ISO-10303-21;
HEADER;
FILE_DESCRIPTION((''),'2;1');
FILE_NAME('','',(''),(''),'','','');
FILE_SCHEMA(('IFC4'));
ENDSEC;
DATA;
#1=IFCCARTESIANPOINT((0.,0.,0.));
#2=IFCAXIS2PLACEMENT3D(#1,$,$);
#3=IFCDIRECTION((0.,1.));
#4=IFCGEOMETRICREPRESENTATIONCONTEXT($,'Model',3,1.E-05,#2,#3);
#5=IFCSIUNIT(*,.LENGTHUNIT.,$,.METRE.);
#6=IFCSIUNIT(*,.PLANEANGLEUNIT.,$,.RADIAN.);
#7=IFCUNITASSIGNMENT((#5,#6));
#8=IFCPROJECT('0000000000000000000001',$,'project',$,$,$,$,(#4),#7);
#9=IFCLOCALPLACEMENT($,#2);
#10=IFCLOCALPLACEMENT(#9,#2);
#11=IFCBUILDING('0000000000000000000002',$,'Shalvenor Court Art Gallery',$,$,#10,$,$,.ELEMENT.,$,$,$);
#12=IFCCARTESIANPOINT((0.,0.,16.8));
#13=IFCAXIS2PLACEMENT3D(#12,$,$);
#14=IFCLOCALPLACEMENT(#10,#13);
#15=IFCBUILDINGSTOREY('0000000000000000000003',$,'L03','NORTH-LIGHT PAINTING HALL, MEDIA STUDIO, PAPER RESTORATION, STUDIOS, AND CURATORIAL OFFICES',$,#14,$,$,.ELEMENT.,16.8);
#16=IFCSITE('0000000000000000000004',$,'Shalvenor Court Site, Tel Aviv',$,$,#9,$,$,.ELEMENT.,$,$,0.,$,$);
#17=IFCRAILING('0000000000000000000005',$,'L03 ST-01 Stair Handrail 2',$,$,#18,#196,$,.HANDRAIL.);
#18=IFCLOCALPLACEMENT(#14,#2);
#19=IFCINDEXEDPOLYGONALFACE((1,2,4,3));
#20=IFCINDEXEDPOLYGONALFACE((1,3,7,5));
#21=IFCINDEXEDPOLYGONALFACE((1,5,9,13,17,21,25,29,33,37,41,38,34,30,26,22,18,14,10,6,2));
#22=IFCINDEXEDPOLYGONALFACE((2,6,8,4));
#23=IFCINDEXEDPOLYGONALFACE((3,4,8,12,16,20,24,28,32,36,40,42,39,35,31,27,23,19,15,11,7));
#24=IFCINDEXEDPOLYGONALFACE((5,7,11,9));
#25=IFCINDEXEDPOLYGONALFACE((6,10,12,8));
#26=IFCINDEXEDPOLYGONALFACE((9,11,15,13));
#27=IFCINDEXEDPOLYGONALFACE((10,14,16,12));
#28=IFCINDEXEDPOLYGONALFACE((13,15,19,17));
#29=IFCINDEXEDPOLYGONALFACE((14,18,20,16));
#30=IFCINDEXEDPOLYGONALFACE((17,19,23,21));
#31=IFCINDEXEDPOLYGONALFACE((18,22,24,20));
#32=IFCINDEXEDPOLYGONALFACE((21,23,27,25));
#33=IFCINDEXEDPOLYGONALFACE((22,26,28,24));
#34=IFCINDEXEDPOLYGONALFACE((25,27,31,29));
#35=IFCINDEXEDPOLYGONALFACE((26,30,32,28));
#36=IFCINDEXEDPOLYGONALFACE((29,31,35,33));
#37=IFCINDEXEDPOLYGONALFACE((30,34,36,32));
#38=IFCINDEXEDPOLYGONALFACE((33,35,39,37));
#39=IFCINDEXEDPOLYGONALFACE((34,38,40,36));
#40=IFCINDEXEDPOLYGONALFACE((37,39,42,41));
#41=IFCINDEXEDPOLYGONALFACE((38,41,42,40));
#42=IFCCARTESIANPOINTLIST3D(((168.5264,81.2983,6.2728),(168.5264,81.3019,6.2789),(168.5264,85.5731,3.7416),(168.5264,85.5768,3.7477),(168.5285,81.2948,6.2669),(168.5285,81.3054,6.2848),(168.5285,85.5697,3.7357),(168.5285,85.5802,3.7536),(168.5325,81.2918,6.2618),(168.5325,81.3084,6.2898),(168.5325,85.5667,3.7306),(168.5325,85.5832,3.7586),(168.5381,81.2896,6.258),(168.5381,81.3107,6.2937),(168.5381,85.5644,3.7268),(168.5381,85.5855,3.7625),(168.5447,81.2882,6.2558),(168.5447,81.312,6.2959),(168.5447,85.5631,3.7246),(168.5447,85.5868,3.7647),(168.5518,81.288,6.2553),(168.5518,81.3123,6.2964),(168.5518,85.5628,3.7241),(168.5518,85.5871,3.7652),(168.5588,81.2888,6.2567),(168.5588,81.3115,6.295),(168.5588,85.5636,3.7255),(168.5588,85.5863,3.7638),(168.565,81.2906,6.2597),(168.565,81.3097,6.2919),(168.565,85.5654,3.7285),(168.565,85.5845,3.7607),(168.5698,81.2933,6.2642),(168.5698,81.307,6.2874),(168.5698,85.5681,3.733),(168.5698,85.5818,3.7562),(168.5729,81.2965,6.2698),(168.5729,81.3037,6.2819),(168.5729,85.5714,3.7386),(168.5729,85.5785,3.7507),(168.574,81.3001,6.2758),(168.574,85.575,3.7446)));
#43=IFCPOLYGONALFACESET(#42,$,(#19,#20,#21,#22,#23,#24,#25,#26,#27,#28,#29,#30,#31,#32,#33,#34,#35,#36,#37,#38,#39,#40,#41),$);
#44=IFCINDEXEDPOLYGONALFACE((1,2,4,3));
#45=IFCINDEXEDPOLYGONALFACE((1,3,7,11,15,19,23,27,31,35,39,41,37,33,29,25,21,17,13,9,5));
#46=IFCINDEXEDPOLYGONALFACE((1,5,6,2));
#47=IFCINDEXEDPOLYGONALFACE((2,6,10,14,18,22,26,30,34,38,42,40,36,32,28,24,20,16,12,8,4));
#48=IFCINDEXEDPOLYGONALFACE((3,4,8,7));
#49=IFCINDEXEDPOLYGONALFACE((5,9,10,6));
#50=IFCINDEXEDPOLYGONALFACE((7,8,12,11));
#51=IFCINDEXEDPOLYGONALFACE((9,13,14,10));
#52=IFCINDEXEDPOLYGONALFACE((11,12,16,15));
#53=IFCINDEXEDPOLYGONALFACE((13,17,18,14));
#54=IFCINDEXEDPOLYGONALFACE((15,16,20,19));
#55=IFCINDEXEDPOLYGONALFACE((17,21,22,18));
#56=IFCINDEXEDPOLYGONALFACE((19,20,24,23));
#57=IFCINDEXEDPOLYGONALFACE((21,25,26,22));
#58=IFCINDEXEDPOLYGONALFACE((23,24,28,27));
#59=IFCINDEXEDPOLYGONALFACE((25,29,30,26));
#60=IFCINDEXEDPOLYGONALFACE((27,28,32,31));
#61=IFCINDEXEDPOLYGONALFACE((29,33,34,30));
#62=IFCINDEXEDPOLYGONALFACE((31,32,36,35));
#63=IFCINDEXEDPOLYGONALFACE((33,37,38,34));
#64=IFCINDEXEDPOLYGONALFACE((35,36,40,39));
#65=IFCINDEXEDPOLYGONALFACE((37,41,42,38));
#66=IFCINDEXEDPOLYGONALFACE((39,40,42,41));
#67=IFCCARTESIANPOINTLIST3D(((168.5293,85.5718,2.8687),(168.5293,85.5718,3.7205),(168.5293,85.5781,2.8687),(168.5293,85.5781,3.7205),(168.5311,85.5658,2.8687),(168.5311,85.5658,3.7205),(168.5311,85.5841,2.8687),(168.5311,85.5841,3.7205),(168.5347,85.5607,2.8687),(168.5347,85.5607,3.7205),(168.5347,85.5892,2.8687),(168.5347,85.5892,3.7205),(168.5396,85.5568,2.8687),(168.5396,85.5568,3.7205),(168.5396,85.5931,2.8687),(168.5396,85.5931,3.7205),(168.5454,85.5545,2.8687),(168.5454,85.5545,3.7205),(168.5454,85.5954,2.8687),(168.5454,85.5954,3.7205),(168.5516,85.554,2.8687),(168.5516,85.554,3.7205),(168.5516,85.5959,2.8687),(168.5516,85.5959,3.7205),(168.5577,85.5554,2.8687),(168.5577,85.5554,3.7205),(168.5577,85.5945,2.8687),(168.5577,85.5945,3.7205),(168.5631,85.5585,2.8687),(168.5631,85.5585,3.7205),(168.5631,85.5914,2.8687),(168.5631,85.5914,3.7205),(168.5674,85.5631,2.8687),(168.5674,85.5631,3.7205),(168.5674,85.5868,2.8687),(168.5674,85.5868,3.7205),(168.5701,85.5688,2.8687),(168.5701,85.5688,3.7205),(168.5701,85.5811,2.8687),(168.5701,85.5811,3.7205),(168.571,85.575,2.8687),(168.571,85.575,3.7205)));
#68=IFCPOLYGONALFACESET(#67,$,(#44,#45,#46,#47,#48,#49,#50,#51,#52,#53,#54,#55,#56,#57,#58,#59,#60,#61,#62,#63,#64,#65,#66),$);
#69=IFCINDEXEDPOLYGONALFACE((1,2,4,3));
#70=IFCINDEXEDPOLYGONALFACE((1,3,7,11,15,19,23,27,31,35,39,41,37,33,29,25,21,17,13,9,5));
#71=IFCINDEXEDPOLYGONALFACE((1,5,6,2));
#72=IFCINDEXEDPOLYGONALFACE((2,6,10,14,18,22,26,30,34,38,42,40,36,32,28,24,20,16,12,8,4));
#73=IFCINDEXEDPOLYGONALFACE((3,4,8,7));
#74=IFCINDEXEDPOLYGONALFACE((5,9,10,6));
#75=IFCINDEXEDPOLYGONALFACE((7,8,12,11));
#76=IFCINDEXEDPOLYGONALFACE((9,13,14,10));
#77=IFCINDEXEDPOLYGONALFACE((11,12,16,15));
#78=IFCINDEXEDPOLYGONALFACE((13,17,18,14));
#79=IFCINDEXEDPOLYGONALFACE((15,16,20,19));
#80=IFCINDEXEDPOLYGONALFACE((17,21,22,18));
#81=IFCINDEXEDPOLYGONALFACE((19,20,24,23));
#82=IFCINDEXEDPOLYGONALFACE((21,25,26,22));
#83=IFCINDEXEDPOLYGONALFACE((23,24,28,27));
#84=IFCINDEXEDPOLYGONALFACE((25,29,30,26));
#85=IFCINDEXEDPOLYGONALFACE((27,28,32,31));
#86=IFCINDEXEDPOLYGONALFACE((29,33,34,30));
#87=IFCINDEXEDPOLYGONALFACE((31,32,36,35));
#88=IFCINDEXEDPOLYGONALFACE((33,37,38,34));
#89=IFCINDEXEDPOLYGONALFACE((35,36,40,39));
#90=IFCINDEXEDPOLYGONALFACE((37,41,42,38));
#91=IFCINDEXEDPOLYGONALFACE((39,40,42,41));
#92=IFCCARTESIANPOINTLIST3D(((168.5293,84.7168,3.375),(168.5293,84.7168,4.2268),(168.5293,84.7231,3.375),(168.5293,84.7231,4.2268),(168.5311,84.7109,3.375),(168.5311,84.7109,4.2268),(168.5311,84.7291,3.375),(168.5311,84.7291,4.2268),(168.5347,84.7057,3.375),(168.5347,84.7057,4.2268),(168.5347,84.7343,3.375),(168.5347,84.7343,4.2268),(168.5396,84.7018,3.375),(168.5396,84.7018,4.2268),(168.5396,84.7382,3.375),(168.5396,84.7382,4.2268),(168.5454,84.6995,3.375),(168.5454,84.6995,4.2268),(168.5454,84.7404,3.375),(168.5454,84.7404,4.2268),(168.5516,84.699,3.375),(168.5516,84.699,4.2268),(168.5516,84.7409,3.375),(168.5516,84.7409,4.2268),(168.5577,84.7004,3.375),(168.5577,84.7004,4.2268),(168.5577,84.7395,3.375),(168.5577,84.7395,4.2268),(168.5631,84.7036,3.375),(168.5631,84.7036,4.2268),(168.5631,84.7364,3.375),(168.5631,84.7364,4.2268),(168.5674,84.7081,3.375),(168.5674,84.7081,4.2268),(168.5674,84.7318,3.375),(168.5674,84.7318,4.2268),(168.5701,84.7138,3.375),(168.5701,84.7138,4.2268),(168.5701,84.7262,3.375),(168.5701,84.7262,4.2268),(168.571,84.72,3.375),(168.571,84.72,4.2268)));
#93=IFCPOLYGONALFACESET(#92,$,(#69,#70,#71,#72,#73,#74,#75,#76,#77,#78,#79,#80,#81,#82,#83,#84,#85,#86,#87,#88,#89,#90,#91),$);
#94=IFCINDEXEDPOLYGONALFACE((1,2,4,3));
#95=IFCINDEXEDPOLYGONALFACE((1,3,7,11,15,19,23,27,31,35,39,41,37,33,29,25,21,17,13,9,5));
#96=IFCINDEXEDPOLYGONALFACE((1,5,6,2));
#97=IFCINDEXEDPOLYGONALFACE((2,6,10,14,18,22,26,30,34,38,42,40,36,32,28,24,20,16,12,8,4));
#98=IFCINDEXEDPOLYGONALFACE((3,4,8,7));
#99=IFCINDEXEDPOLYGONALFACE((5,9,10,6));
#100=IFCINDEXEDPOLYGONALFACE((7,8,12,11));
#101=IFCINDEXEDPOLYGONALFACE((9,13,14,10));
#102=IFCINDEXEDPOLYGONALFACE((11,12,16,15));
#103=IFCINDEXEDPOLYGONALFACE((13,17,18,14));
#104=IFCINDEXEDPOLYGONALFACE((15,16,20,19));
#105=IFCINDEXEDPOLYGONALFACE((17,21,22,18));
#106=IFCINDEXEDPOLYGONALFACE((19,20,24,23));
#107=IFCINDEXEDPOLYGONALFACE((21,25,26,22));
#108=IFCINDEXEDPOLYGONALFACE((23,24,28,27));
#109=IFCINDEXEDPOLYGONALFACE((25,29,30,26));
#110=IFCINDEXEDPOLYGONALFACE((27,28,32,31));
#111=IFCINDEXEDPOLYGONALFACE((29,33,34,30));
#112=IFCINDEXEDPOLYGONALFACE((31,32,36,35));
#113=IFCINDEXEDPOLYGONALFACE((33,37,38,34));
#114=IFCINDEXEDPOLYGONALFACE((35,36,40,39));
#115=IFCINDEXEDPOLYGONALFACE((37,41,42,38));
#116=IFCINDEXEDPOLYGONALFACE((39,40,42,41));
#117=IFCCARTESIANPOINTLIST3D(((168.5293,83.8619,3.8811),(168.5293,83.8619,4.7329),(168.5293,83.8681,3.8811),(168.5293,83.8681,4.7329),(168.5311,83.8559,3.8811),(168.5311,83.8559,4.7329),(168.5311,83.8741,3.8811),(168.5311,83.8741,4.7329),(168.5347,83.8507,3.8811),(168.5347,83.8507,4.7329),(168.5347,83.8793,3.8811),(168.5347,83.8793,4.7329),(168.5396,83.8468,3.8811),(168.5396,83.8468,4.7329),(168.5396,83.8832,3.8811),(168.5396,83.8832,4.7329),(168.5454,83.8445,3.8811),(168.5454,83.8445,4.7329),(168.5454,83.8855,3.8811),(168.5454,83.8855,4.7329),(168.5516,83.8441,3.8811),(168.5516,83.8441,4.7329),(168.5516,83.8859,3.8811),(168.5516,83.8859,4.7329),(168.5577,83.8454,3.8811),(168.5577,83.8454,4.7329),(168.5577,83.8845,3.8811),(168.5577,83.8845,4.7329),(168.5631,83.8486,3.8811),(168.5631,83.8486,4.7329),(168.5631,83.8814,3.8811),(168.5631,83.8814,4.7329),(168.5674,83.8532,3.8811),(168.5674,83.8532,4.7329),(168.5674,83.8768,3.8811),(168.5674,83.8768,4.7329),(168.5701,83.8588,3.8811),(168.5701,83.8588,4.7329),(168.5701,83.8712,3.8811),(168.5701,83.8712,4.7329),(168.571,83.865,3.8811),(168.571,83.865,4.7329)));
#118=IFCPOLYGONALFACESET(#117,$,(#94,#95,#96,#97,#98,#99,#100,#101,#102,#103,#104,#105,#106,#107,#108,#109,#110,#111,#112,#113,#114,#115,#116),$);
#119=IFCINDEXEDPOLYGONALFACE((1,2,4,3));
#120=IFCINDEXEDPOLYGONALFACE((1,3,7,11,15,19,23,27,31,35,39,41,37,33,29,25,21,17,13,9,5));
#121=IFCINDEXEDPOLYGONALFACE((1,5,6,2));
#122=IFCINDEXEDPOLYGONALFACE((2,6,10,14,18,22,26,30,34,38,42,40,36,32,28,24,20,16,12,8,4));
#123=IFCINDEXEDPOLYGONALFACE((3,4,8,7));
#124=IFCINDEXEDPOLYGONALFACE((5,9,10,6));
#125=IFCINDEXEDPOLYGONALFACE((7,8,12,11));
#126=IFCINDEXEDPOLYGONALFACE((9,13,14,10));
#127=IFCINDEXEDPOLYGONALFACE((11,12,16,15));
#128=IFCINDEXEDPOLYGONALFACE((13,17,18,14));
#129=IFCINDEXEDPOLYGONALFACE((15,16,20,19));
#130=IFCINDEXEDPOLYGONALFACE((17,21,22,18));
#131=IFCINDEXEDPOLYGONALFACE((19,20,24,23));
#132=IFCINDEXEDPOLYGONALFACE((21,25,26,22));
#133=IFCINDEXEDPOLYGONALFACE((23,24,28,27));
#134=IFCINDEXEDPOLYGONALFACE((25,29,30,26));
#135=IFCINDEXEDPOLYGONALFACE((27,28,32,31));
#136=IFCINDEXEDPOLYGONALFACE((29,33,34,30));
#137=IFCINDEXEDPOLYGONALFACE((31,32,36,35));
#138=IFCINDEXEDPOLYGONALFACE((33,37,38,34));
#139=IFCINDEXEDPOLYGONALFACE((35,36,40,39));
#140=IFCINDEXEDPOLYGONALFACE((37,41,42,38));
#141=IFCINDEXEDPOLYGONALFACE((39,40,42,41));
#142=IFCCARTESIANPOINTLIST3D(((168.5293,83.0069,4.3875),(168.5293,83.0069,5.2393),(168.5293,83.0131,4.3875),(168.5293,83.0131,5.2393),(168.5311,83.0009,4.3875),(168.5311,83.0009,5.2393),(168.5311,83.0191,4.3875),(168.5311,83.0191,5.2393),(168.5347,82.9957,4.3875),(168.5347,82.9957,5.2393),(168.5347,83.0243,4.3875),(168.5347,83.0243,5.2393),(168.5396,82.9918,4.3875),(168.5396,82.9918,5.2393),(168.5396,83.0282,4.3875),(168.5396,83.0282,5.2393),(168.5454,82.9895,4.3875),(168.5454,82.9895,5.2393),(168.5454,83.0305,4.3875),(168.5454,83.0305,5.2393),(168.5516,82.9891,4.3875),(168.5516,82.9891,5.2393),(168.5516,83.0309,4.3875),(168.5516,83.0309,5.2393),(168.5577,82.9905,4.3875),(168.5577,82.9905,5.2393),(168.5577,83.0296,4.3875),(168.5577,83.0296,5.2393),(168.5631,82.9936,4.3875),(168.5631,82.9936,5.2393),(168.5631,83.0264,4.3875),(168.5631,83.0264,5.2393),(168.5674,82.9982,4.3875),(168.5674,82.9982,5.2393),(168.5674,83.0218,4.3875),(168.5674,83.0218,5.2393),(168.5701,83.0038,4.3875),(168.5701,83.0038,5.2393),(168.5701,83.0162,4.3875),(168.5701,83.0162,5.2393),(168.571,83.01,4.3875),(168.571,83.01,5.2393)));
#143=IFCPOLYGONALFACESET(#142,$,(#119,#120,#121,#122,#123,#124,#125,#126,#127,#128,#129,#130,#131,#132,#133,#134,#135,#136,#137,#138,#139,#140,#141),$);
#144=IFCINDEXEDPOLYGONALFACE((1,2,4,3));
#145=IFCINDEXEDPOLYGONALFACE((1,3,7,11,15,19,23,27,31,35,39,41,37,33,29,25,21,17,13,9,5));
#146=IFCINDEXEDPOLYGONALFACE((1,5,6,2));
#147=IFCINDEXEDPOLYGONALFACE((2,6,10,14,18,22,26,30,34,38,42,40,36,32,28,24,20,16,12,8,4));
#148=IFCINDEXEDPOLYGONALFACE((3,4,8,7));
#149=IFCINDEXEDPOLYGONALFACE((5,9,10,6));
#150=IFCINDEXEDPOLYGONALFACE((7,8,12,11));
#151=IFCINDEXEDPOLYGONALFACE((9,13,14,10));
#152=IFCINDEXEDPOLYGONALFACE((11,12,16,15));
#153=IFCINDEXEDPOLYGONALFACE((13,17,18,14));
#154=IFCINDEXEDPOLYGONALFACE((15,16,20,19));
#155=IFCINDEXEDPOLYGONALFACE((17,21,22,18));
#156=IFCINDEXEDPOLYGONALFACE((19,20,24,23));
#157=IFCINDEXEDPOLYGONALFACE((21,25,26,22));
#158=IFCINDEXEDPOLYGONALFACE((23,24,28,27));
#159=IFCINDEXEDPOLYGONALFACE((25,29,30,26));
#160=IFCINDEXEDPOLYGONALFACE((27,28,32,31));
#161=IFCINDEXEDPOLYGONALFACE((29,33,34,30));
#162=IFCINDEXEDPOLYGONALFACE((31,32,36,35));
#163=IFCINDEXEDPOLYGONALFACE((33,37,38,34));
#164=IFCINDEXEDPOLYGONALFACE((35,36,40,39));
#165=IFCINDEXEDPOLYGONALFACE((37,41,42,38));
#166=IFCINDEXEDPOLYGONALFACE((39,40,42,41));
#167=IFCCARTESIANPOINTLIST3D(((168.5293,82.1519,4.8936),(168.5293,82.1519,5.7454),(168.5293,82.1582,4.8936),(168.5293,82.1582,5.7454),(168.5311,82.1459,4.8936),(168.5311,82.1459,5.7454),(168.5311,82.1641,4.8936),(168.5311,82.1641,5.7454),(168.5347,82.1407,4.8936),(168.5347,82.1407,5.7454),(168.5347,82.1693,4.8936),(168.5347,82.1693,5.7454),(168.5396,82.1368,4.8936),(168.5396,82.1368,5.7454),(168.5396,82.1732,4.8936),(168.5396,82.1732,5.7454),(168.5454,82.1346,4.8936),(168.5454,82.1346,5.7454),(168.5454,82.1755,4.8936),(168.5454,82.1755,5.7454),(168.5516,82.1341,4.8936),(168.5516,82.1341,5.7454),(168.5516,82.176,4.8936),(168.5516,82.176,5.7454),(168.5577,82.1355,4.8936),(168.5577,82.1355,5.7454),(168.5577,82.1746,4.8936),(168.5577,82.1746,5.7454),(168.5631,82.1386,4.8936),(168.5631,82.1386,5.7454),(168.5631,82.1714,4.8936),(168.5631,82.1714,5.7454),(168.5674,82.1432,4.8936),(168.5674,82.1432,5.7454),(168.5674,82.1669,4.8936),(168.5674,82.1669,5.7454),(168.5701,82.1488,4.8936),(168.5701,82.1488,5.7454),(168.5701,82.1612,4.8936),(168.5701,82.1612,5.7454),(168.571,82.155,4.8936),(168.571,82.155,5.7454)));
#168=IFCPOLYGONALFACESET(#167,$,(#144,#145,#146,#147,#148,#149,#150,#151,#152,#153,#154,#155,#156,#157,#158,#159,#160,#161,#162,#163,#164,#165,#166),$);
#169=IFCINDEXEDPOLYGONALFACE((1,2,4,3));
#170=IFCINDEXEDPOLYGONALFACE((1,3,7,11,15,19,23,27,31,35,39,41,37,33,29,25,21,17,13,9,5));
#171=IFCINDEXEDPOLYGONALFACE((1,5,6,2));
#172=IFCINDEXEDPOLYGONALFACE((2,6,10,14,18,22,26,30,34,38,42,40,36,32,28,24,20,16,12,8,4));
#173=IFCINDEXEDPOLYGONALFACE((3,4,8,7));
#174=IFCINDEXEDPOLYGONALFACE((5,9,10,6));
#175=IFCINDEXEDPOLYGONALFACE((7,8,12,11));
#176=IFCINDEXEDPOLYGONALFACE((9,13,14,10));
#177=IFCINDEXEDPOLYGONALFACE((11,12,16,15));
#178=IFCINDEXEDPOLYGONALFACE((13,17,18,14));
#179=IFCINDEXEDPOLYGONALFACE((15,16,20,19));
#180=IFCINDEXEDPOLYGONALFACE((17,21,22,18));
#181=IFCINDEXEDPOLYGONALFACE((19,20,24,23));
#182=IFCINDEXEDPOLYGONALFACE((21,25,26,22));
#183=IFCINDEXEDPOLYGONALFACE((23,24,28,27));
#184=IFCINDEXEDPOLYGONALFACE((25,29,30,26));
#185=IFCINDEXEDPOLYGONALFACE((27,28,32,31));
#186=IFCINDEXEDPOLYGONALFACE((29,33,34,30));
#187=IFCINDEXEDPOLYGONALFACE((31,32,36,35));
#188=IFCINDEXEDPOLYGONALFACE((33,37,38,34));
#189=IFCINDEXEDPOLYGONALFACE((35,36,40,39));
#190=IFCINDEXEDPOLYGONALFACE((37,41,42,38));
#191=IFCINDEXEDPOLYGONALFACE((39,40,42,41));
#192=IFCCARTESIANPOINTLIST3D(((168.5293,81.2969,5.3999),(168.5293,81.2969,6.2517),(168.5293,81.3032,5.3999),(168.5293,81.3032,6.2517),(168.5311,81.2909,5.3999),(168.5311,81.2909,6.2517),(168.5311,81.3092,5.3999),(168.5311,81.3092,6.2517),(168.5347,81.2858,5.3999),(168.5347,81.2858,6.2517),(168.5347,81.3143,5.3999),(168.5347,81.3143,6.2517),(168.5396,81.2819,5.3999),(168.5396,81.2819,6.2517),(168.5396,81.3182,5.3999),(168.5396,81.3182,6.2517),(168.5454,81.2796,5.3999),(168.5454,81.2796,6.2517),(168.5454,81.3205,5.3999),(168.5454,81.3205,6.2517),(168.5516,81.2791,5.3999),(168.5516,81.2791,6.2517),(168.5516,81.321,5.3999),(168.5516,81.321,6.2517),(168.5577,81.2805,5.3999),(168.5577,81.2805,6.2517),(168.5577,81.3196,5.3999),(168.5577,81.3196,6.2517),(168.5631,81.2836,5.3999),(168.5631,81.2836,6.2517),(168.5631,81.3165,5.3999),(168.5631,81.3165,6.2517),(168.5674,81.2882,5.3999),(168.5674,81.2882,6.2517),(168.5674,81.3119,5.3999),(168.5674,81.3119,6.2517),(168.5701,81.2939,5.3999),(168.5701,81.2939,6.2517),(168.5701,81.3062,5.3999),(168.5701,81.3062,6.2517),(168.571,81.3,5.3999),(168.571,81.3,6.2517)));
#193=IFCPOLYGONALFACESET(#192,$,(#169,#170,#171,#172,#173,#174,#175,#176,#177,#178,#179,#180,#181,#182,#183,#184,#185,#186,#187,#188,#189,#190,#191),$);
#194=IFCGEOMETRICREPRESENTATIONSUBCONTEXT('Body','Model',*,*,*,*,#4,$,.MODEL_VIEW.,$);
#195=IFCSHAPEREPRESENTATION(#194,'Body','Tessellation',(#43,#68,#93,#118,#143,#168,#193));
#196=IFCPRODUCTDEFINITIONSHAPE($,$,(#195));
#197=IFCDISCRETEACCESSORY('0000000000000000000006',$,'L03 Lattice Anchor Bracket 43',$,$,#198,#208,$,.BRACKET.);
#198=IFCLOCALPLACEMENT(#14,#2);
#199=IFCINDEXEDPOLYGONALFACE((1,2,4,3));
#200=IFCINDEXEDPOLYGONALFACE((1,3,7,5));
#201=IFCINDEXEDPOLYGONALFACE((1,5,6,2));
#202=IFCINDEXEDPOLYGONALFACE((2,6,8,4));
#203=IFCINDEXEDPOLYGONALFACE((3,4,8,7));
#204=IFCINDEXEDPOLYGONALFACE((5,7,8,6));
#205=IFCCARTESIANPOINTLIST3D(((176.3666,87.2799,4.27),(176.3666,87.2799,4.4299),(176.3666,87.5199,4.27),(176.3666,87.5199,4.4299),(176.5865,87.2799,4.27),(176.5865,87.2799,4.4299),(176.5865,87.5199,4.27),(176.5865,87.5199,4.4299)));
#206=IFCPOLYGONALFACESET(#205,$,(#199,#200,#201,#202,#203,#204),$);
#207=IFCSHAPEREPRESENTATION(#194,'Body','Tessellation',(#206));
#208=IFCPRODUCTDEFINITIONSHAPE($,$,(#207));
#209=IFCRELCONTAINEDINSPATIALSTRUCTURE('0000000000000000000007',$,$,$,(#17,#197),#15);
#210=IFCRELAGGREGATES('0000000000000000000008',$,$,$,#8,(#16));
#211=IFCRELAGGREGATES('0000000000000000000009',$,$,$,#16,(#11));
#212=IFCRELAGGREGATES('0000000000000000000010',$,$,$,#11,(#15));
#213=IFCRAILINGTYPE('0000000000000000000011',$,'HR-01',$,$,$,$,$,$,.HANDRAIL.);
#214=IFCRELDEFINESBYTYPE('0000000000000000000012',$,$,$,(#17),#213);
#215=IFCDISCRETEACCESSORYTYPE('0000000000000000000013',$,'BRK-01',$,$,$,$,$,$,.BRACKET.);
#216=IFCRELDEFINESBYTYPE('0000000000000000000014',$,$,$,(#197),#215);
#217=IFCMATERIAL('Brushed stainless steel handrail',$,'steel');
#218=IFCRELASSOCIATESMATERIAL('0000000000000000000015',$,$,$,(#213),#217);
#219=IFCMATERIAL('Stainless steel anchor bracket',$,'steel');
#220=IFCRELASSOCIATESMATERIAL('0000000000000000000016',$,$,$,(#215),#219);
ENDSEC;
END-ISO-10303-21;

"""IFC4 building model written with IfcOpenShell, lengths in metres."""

from ifc_helpers import new_model, si_unit, direction, frame, origin, origin_2d, place, context, subcontext, project, spatial, rectangle, circle, extrude, material, type_object, element, save


model = new_model("IFC4")

# Units and contexts
model_context = context("Model", 3, precision=1e-05, world=origin(), true_north=direction((0.0, 1.0)))
body_context = subcontext(model_context, "Body", "Model", "MODEL_VIEW")
ifc_project = project(units=[si_unit("LENGTHUNIT", "METRE"), si_unit("PLANEANGLEUNIT", "RADIAN")], contexts=[model_context])

# Site, building, storey
site_placement = place(None, origin())
site = spatial("IfcSite", under=ifc_project, at=site_placement, Name="Shalvenor Court Site, Tel Aviv", CompositionType="ELEMENT", RefElevation=0.0)
building_placement = place(site_placement, origin())
building = spatial("IfcBuilding", under=site, at=building_placement, Name="Shalvenor Court Art Gallery", CompositionType="ELEMENT")
storey_placement = place(building_placement, frame((0.0, 0.0, 16.8)))
storey = spatial("IfcBuildingStorey", under=building, at=storey_placement, Name="L03", Description="NORTH-LIGHT PAINTING HALL, MEDIA STUDIO, PAPER RESTORATION, STUDIOS, AND CURATORIAL OFFICES", CompositionType="ELEMENT", Elevation=16.8)

# Railing
ifc_material_1 = material(Name="Brushed stainless steel handrail", Category="steel")
railing_type_1 = type_object("IfcRailingType", Name="HR-01", PredefinedType="HANDRAIL", material=ifc_material_1)
railing_1_placement = place(storey_placement, frame((168.55, 85.575, 2.8687)))
element("IfcRailing", 1, at=railing_1_placement, inside=storey, type_object=railing_type_1, Name="L03 ST-01 Stair Handrail 2", PredefinedType="HANDRAIL", context=body_context, shape_type="SweptSolid", body=[
    extrude(circle(Radius=0.0239, at=origin_2d()), frame((0.0, 0.0, 0.876), z_axis=(0.0, -0.86047, 0.509501), x_axis=(1.0, 0.0, 0.0)), (0.0, 0.0, 1.0), 4.968),
    extrude(circle(Radius=0.021, at=origin_2d()), origin(), (0.0, 0.0, 1.0), 0.8518),
    extrude(circle(Radius=0.021, at=origin_2d()), frame((0.0, -0.855, 0.5063)), (0.0, 0.0, 1.0), 0.8518),
    extrude(circle(Radius=0.021, at=origin_2d()), frame((0.0, -1.71, 1.0125)), (0.0, 0.0, 1.0), 0.8518),
    extrude(circle(Radius=0.021, at=origin_2d()), frame((0.0, -2.5649, 1.5188)), (0.0, 0.0, 1.0), 0.8518),
    extrude(circle(Radius=0.021, at=origin_2d()), frame((0.0, -3.4199, 2.0249)), (0.0, 0.0, 1.0), 0.8518),
    extrude(circle(Radius=0.021, at=origin_2d()), frame((0.0, -4.2749, 2.5312)), (0.0, 0.0, 1.0), 0.8518),
])

# Discrete accessory
ifc_material_2 = material(Name="Stainless steel anchor bracket", Category="steel")
discrete_accessory_type = type_object("IfcDiscreteAccessoryType", Name="BRK-01", PredefinedType="BRACKET", material=ifc_material_2)
for number, where, z_axis, x_axis, name in (
    (2, (176.4766, 87.3999, 4.27), (0.0, 0.0, 1.0), (0.0, -1.0, 0.0), "L03 Lattice Anchor Bracket 43"),
):
    element("IfcDiscreteAccessory", number, at=place(storey_placement, frame(where, z_axis=z_axis, x_axis=x_axis)), inside=storey, type_object=discrete_accessory_type, Name=name, PredefinedType="BRACKET", context=body_context, shape_type="SweptSolid", body=[
        extrude(rectangle(XDim=0.24, YDim=0.22, at=origin_2d()), origin(), (0.0, 0.0, 1.0), 0.1599),
    ])

save(model, "model.ifc")
